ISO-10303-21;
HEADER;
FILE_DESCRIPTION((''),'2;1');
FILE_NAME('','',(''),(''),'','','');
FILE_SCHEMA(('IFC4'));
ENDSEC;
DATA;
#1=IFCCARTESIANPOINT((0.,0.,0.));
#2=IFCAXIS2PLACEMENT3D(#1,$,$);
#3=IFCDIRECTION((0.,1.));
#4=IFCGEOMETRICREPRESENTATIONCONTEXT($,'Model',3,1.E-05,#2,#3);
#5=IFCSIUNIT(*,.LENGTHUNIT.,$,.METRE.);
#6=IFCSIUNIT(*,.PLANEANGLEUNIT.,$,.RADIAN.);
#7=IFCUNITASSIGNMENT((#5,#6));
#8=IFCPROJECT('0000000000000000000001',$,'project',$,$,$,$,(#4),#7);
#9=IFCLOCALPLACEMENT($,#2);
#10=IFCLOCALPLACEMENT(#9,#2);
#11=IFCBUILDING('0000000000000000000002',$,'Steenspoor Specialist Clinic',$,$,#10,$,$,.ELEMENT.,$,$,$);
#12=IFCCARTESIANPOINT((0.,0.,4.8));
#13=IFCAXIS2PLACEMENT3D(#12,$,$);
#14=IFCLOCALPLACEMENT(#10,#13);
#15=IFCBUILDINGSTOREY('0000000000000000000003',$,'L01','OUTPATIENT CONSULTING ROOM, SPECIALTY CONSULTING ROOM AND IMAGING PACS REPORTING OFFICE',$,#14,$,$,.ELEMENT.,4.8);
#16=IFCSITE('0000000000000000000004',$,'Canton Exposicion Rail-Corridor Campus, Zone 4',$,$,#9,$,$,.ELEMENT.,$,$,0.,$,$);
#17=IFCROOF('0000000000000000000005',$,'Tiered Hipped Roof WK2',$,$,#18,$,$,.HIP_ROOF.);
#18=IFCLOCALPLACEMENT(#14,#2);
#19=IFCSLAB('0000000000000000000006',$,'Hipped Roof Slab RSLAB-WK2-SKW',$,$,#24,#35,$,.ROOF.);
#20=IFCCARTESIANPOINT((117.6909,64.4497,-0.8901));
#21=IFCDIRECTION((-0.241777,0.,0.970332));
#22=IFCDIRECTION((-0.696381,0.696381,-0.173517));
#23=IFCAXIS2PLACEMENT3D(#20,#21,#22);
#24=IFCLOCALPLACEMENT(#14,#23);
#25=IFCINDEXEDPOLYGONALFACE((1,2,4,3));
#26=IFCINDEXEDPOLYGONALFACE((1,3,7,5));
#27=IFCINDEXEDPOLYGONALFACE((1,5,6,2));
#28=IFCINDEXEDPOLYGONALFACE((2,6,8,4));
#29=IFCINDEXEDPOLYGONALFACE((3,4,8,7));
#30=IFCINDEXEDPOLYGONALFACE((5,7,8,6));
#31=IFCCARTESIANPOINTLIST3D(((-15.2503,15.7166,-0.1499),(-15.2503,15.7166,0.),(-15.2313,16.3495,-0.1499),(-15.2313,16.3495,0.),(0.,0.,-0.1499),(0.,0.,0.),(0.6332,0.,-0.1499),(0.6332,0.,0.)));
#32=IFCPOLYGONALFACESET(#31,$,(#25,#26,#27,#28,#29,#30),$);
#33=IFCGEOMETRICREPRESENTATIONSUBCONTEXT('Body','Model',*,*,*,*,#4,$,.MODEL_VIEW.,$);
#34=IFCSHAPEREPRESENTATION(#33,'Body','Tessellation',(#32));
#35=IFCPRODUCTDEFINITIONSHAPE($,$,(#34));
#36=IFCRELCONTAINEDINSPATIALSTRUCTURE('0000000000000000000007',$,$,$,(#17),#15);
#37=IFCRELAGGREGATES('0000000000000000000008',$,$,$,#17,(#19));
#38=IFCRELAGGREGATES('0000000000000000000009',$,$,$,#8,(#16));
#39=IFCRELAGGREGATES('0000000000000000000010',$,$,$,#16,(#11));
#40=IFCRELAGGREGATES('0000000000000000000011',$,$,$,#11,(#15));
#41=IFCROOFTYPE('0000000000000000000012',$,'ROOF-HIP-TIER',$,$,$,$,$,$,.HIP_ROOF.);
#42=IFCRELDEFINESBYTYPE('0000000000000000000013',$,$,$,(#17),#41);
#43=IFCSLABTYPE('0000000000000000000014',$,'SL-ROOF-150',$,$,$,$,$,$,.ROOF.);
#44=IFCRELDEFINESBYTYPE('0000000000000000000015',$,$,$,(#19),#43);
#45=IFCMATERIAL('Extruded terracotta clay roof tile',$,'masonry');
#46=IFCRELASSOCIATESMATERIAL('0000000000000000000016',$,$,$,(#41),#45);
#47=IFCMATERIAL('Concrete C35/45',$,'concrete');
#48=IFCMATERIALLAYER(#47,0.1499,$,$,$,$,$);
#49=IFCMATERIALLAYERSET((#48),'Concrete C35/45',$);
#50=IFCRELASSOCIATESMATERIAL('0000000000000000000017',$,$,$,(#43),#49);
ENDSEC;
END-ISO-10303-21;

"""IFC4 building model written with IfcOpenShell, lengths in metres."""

from ifc_helpers import new_model, si_unit, direction, frame, origin, place, context, subcontext, project, spatial, polyline, outline, extrude, material, layer, layer_set, type_object, element, aggregate, save


model = new_model("IFC4")

# Units and contexts
model_context = context("Model", 3, precision=1e-05, world=origin(), true_north=direction((0.0, 1.0)))
body_context = subcontext(model_context, "Body", "Model", "MODEL_VIEW")
ifc_project = project(units=[si_unit("LENGTHUNIT", "METRE"), si_unit("PLANEANGLEUNIT", "RADIAN")], contexts=[model_context])

# Site, building, storey
site_placement = place(None, origin())
site = spatial("IfcSite", under=ifc_project, at=site_placement, Name="Canton Exposicion Rail-Corridor Campus, Zone 4", CompositionType="ELEMENT", RefElevation=0.0)
building_placement = place(site_placement, origin())
building = spatial("IfcBuilding", under=site, at=building_placement, Name="Steenspoor Specialist Clinic", CompositionType="ELEMENT")
storey_placement = place(building_placement, frame((0.0, 0.0, 4.8)))
storey = spatial("IfcBuildingStorey", under=building, at=storey_placement, Name="L01", Description="OUTPATIENT CONSULTING ROOM, SPECIALTY CONSULTING ROOM AND IMAGING PACS REPORTING OFFICE", CompositionType="ELEMENT", Elevation=4.8)

# Shared definitions
ifc_material_1 = material(Name="Concrete C35/45", Category="concrete")

# Roof, slab
ifc_material_2 = material(Name="Extruded terracotta clay roof tile", Category="masonry")
roof_type = type_object("IfcRoofType", Name="ROOF-HIP-TIER", PredefinedType="HIP_ROOF", material=ifc_material_2)
roof_placement = place(storey_placement, origin())
roof = element("IfcRoof", 1, at=roof_placement, inside=storey, type_object=roof_type, Name="Tiered Hipped Roof WK2", PredefinedType="HIP_ROOF")
ifc_layer_1 = layer(ifc_material_1, 0.1499)
ifc_layer_set_1 = layer_set([ifc_layer_1], Name="Concrete C35/45")
slab_type = type_object("IfcSlabType", Name="SL-ROOF-150", PredefinedType="ROOF", material=ifc_layer_set_1)
slab_placement = place(storey_placement, frame((117.6909, 64.4497, -0.8901), z_axis=(-0.241777, 0.0, 0.970332), x_axis=(-0.696381, 0.696381, -0.173517)))
slab = element("IfcSlab", 2, at=slab_placement, type_object=slab_type, Name="Hipped Roof Slab RSLAB-WK2-SKW", PredefinedType="ROOF", context=body_context, shape_type="SweptSolid", body=[
    extrude(outline(polyline([(0.0, 0.0), (0.6332, 0.0), (-15.2313, 16.3495), (-15.2503, 15.7166), (0.0, 0.0)])), origin(), (0.0, 0.0, -1.0), 0.1499),
])
aggregate(roof, [slab])

save(model, "model.ifc")
